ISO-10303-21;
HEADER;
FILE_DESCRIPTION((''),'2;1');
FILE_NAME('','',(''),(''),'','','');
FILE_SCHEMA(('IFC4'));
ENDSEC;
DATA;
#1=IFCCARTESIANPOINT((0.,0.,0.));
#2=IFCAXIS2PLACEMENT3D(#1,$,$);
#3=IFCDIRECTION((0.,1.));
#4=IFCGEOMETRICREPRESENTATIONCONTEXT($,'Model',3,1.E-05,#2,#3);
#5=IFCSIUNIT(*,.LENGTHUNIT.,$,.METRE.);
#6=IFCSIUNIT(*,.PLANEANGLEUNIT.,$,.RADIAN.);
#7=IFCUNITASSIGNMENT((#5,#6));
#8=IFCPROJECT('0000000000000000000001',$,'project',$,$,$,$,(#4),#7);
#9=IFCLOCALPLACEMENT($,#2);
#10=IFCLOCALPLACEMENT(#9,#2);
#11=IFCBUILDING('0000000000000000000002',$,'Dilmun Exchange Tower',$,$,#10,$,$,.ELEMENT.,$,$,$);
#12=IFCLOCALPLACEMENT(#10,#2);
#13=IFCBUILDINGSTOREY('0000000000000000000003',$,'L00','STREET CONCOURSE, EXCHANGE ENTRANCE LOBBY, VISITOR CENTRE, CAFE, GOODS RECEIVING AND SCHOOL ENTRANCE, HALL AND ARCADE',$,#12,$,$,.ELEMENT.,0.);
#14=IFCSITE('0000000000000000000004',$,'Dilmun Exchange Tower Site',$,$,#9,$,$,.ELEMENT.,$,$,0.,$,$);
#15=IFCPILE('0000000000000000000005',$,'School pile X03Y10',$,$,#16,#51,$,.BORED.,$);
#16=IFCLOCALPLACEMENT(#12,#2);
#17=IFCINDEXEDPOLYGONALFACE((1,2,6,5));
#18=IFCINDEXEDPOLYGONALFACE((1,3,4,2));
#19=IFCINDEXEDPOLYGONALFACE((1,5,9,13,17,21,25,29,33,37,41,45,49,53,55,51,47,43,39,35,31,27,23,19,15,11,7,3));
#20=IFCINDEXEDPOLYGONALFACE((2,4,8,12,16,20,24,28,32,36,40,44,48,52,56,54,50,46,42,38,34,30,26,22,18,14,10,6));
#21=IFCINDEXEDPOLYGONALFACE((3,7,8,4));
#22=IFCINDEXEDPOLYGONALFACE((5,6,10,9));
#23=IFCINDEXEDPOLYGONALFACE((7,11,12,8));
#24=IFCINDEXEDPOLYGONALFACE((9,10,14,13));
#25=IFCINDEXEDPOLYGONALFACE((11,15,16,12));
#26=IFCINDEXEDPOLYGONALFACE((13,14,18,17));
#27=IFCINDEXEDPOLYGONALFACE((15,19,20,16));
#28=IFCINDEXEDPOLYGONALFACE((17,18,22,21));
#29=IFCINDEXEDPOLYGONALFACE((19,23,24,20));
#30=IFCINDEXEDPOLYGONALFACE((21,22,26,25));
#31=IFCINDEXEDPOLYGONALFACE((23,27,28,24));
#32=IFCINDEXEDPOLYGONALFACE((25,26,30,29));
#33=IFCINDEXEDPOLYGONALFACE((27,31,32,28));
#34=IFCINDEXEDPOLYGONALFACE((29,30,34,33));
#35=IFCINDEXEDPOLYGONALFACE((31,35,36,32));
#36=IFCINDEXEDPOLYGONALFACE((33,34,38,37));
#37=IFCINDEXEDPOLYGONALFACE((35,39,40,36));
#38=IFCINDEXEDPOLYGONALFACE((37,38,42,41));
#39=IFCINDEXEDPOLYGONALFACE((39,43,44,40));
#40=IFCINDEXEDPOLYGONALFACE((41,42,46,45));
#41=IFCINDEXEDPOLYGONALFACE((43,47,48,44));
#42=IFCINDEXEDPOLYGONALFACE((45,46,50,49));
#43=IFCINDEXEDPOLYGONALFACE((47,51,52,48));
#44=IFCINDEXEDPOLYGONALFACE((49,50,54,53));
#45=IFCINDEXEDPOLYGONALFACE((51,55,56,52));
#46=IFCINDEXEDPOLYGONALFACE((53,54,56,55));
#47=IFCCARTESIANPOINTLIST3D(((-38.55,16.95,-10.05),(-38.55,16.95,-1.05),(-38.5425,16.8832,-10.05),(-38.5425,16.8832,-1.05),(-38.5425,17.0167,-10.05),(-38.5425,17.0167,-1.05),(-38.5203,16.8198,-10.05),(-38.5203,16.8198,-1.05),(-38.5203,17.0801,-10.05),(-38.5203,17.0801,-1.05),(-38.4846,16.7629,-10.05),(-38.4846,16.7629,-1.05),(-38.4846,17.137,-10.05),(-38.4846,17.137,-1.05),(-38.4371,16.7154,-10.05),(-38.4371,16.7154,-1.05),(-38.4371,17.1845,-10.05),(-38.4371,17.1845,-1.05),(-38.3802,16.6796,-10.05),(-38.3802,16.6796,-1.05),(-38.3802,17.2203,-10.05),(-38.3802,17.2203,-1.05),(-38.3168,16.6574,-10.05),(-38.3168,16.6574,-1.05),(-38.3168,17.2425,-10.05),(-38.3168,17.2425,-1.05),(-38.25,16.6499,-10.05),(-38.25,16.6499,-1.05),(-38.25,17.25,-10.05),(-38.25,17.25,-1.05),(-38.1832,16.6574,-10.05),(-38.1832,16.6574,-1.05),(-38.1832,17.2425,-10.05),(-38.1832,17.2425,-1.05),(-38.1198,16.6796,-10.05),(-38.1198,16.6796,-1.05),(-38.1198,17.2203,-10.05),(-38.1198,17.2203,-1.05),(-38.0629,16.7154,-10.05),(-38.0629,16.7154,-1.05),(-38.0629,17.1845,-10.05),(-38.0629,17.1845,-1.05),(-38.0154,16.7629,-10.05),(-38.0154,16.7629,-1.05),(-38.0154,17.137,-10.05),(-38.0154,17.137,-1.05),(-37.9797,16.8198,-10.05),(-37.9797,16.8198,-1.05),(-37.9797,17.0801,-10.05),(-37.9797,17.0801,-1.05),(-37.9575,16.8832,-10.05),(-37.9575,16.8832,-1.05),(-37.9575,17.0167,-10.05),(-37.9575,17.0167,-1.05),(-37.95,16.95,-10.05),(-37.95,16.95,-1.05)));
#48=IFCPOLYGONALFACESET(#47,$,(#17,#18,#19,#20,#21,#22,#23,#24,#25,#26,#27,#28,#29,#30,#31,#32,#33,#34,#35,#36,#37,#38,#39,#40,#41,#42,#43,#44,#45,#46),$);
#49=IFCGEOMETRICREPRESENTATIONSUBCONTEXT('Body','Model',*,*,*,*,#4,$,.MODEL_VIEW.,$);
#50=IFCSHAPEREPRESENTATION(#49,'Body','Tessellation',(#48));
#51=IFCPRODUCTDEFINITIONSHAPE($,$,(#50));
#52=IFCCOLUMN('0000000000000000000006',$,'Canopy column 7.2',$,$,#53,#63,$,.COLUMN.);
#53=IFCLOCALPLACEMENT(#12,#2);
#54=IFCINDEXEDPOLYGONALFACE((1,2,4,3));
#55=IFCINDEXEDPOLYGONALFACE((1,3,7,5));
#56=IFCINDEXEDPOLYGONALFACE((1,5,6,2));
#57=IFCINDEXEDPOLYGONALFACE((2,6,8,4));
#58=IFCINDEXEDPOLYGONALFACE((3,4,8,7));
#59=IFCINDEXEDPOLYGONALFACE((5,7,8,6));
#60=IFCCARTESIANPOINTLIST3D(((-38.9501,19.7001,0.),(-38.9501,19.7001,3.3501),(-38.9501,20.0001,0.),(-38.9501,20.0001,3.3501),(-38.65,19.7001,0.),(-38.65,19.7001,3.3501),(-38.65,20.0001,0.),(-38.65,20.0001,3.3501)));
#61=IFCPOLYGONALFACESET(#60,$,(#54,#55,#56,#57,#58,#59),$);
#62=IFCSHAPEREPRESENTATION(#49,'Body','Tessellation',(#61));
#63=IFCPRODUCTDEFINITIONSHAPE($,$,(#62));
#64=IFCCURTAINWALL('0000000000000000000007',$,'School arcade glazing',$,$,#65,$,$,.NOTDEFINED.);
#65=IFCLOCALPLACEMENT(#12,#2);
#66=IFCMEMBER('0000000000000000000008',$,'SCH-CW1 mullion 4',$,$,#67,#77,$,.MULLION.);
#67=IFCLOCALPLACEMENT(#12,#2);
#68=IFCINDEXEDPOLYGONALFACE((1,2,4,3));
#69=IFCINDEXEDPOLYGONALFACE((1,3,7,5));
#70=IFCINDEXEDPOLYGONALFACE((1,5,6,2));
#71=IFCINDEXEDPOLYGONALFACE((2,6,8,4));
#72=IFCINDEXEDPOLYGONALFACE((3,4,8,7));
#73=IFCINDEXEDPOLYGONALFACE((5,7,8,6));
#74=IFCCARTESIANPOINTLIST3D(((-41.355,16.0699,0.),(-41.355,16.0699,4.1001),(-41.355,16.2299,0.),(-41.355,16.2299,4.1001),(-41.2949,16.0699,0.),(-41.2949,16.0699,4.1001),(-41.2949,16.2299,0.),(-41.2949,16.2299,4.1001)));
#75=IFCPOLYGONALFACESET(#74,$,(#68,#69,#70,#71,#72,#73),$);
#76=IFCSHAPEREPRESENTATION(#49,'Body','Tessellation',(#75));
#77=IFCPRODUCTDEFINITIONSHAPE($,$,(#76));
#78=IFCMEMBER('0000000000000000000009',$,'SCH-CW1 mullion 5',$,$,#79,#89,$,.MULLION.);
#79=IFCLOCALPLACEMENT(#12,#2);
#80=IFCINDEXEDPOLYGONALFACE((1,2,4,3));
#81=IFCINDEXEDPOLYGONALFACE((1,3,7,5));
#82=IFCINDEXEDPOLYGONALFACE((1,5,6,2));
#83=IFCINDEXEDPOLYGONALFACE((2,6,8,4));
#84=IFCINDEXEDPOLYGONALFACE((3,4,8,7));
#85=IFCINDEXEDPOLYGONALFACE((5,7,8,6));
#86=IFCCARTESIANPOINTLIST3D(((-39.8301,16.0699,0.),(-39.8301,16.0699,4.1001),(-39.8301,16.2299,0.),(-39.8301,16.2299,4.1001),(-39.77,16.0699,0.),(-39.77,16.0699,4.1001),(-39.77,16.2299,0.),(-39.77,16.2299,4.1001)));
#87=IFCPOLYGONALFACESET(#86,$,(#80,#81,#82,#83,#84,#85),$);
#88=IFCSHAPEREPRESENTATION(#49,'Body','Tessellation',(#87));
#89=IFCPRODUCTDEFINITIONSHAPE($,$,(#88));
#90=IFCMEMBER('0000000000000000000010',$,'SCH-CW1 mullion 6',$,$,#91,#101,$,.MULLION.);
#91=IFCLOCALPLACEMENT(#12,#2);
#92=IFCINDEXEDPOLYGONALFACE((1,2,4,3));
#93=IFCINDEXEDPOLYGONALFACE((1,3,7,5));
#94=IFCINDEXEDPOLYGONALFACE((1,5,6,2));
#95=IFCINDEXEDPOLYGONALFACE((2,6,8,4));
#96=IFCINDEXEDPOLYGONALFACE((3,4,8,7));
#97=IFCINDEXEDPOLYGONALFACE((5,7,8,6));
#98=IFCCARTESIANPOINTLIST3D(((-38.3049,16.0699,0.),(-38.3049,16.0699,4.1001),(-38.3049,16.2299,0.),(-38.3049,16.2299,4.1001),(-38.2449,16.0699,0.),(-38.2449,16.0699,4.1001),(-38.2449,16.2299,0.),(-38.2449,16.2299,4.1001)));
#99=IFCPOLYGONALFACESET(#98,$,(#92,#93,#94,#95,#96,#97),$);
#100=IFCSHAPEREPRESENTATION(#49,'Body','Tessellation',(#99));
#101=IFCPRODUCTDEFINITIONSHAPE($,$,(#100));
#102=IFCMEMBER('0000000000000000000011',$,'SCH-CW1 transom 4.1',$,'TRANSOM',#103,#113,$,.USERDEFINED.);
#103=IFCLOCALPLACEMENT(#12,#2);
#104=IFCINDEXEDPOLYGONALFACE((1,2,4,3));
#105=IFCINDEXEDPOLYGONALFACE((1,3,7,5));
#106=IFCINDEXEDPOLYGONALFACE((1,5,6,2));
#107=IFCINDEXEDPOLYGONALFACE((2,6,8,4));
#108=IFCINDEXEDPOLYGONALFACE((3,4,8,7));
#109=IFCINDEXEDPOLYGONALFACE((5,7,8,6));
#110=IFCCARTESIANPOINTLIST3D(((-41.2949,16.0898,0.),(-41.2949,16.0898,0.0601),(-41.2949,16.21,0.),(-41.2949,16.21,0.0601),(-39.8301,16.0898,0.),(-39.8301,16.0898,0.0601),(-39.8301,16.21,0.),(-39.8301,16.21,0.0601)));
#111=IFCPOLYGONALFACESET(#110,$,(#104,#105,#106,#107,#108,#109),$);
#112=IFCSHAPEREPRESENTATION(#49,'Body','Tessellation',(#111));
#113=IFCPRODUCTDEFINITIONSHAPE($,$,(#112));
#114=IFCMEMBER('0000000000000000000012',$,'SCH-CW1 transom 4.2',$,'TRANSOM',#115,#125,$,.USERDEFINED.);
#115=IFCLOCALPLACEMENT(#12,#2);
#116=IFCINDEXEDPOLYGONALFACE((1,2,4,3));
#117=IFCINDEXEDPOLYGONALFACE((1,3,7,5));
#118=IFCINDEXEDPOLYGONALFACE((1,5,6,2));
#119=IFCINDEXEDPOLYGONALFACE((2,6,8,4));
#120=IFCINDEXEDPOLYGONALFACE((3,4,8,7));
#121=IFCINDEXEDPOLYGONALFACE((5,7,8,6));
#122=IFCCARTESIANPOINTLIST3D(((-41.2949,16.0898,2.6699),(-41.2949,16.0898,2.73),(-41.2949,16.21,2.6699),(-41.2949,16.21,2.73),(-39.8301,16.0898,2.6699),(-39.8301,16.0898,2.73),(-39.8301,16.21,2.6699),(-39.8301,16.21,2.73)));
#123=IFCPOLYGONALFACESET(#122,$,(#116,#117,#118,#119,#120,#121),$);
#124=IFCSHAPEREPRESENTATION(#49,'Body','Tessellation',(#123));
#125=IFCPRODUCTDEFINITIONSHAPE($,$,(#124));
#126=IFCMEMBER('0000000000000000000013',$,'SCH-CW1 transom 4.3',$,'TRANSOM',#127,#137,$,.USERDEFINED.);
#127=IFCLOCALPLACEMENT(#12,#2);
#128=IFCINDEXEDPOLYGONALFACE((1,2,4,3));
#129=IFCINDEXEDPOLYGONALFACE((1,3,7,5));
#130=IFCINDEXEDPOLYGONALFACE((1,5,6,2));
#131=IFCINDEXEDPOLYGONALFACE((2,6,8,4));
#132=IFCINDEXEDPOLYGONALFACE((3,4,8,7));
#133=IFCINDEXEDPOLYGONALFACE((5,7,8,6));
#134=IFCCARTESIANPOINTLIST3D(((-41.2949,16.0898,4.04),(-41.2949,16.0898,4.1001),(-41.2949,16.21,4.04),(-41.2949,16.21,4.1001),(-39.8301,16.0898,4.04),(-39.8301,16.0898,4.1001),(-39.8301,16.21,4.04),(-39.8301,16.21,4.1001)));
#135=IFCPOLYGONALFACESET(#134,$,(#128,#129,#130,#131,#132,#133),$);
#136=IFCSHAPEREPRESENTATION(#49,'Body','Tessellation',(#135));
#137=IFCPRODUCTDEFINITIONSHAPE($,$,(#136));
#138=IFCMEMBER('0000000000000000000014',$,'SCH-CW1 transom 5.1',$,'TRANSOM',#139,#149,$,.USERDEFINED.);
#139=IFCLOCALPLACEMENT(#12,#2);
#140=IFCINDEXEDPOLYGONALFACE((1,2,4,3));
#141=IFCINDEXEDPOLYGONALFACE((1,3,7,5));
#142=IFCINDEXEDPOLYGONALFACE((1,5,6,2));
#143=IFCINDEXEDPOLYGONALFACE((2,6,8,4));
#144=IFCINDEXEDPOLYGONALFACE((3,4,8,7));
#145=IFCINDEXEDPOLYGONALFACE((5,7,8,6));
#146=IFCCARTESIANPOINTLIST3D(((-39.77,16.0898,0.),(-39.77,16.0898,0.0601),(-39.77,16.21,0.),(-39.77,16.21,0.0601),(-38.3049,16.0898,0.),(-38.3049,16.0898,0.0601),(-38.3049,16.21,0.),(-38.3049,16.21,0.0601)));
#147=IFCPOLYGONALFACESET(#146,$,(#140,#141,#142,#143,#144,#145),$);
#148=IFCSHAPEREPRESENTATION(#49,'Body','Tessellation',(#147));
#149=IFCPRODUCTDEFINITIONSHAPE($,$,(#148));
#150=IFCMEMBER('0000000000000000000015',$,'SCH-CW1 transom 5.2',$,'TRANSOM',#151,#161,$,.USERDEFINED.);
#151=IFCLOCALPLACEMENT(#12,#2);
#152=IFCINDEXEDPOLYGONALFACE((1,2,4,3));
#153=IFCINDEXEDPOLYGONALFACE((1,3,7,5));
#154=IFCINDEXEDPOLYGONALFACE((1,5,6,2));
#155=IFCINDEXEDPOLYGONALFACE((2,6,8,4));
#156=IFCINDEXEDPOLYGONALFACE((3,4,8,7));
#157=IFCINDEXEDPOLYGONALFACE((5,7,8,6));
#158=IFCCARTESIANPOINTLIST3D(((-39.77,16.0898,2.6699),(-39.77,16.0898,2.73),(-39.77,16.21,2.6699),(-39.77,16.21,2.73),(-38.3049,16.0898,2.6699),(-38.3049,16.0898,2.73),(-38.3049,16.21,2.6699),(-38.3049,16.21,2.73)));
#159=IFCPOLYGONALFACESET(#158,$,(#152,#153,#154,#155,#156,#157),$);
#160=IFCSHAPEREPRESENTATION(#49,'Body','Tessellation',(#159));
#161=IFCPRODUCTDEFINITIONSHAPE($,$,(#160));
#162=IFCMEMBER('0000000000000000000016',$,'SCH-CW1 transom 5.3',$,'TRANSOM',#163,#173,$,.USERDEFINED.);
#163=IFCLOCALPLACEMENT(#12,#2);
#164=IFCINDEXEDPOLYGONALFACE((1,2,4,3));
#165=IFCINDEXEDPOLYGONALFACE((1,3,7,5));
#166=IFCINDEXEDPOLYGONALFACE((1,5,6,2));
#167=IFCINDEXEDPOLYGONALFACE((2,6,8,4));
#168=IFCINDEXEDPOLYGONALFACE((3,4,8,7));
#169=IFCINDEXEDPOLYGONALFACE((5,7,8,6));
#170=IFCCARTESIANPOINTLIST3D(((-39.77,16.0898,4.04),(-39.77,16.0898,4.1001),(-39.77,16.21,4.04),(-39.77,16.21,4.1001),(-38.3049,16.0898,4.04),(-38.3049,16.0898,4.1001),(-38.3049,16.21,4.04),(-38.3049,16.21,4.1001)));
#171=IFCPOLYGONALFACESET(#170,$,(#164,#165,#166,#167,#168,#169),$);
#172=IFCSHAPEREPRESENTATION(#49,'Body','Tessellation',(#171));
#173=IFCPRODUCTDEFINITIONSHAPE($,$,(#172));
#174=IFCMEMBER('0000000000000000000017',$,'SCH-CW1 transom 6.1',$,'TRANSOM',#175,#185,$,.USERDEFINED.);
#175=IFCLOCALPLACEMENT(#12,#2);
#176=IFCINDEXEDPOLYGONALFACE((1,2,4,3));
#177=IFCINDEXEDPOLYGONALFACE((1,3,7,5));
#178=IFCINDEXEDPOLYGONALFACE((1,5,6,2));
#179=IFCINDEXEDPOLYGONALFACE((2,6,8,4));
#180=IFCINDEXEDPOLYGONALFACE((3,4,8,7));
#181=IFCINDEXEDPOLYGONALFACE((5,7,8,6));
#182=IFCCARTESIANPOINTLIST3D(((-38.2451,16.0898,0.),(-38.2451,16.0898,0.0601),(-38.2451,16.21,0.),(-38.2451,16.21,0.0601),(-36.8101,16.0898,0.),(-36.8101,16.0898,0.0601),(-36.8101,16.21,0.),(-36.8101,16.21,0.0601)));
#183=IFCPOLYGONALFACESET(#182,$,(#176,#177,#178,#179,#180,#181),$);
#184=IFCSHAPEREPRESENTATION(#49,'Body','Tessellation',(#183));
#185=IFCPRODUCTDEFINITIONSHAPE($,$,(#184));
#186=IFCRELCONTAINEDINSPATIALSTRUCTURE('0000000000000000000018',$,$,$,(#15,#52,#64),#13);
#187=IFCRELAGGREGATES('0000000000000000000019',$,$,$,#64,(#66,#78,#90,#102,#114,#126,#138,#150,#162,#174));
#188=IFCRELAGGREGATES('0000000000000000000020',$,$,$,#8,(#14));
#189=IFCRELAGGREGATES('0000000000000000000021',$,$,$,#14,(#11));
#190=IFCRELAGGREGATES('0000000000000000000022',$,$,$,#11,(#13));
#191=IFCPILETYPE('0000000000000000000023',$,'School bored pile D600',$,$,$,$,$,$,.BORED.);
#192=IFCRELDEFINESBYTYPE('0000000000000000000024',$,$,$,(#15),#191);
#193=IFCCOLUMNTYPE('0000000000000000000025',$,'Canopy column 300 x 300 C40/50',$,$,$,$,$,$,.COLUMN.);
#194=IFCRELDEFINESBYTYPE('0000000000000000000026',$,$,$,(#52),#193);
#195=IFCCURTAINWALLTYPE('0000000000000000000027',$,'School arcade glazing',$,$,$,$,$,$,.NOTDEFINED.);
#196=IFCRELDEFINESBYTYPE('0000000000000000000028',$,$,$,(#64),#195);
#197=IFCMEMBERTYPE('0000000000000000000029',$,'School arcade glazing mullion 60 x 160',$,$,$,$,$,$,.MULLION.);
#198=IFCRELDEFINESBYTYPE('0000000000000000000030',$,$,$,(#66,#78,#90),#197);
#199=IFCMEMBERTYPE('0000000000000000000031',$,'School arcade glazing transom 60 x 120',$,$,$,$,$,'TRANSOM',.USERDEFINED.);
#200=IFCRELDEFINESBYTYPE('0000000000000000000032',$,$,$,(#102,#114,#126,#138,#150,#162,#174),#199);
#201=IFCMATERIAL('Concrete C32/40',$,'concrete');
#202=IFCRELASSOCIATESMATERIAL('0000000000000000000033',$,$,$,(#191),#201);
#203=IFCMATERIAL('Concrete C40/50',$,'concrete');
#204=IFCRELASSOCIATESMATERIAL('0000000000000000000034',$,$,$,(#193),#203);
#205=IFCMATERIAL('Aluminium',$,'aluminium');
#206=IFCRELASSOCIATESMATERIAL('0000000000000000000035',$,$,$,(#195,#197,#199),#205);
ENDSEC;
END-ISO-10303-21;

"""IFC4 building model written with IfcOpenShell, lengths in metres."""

from ifc_helpers import new_model, si_unit, direction, frame, origin, origin_2d, place, context, subcontext, project, spatial, rectangle, circle, extrude, material, material_profile, profile_set, type_object, element, aggregate, save


model = new_model("IFC4")

# Units and contexts
model_context = context("Model", 3, precision=1e-05, world=origin(), true_north=direction((0.0, 1.0)))
body_context = subcontext(model_context, "Body", "Model", "MODEL_VIEW")
ifc_project = project(units=[si_unit("LENGTHUNIT", "METRE"), si_unit("PLANEANGLEUNIT", "RADIAN")], contexts=[model_context])

# Site, building, storey
site_placement = place(None, origin())
site = spatial("IfcSite", under=ifc_project, at=site_placement, Name="Dilmun Exchange Tower Site", CompositionType="ELEMENT", RefElevation=0.0)
building_placement = place(site_placement, origin())
building = spatial("IfcBuilding", under=site, at=building_placement, Name="Dilmun Exchange Tower", CompositionType="ELEMENT")
storey_placement = place(building_placement, origin())
storey = spatial("IfcBuildingStorey", under=building, at=storey_placement, Name="L00", Description="STREET CONCOURSE, EXCHANGE ENTRANCE LOBBY, VISITOR CENTRE, CAFE, GOODS RECEIVING AND SCHOOL ENTRANCE, HALL AND ARCADE", CompositionType="ELEMENT", Elevation=0.0)

# Pile
ifc_material_1 = material(Name="Concrete C32/40", Category="concrete")
ifc_material_profile_1 = material_profile(ifc_material_1, circle(Radius=0.3, at=origin_2d()), Name="D600")
ifc_profile_set_1 = profile_set([ifc_material_profile_1], Name="Concrete C32/40")
pile_type = type_object("IfcPileType", Name="School bored pile D600", PredefinedType="BORED", material=ifc_profile_set_1)
pile_placement = place(storey_placement, frame((-38.25, 16.95, -1.05), z_axis=(0.0, 0.0, -1.0), x_axis=(1.0, 0.0, 0.0)))
element("IfcPile", 1, at=pile_placement, inside=storey, type_object=pile_type, Name="School pile X03Y10", PredefinedType="BORED", context=body_context, shape_type="SweptSolid", body=[
    extrude(circle(Radius=0.3, at=origin_2d()), origin(), (0.0, 0.0, 1.0), 9.0),
])

# Column
ifc_material_2 = material(Name="Concrete C40/50", Category="concrete")
ifc_material_profile_2 = material_profile(ifc_material_2, rectangle(XDim=0.3, YDim=0.3, at=origin_2d()), Name="300 x 300")
ifc_profile_set_2 = profile_set([ifc_material_profile_2], Name="Concrete C40/50")
column_type = type_object("IfcColumnType", Name="Canopy column 300 x 300 C40/50", PredefinedType="COLUMN", material=ifc_profile_set_2)
column_placement = place(storey_placement, frame((-38.8, 19.8501, 0.0), z_axis=(0.0, 0.0, 1.0), x_axis=(0.0, -1.0, 0.0)))
element("IfcColumn", 2, at=column_placement, inside=storey, type_object=column_type, Name="Canopy column 7.2", PredefinedType="COLUMN", context=body_context, shape_type="SweptSolid", body=[
    extrude(rectangle(XDim=0.3, YDim=0.3, at=origin_2d()), origin(), (0.0, 0.0, 1.0), 3.3501),
])

# Curtain wall, members
ifc_material_3 = material(Name="Aluminium", Category="aluminium")
curtain_wall_type = type_object("IfcCurtainWallType", Name="School arcade glazing", PredefinedType="NOTDEFINED", material=ifc_material_3)
curtain_wall_placement = place(storey_placement, origin())
curtain_wall = element("IfcCurtainWall", 3, at=curtain_wall_placement, inside=storey, type_object=curtain_wall_type, Name="School arcade glazing", PredefinedType="NOTDEFINED")
ifc_material_profile_3 = material_profile(ifc_material_3, rectangle(XDim=0.1599, YDim=0.0601, at=origin_2d()), Name="60 x 160")
ifc_profile_set_3 = profile_set([ifc_material_profile_3], Name="Aluminium")
member_type_1 = type_object("IfcMemberType", Name="School arcade glazing mullion 60 x 160", PredefinedType="MULLION", material=ifc_profile_set_3)
member_1_placement = place(storey_placement, frame((-41.325, 16.1499, 0.0), z_axis=(0.0, 0.0, 1.0), x_axis=(0.0, 1.0, 0.0)))
member_1 = element("IfcMember", 4, at=member_1_placement, type_object=member_type_1, Name="SCH-CW1 mullion 4", PredefinedType="MULLION", context=body_context, shape_type="SweptSolid", body=[
    extrude(rectangle(XDim=0.1599, YDim=0.0601, at=origin_2d()), origin(), (0.0, 0.0, 1.0), 4.1001),
])
member_2_placement = place(storey_placement, frame((-39.8, 16.1499, 0.0), z_axis=(0.0, 0.0, 1.0), x_axis=(0.0, 1.0, 0.0)))
member_2 = element("IfcMember", 5, at=member_2_placement, type_object=member_type_1, Name="SCH-CW1 mullion 5", PredefinedType="MULLION", context=body_context, shape_type="SweptSolid", body=[
    extrude(rectangle(XDim=0.1599, YDim=0.0601, at=origin_2d()), origin(), (0.0, 0.0, 1.0), 4.1001),
])
member_3_placement = place(storey_placement, frame((-38.2749, 16.1499, 0.0), z_axis=(0.0, 0.0, 1.0), x_axis=(0.0, 1.0, 0.0)))
member_3 = element("IfcMember", 6, at=member_3_placement, type_object=member_type_1, Name="SCH-CW1 mullion 6", PredefinedType="MULLION", context=body_context, shape_type="SweptSolid", body=[
    extrude(rectangle(XDim=0.1599, YDim=0.0601, at=origin_2d()), origin(), (0.0, 0.0, 1.0), 4.1001),
])
ifc_material_profile_4 = material_profile(ifc_material_3, rectangle(XDim=0.1201, YDim=0.0601, at=origin_2d()), Name="60 x 120")
ifc_profile_set_4 = profile_set([ifc_material_profile_4], Name="Aluminium")
member_type_2 = type_object("IfcMemberType", Name="School arcade glazing transom 60 x 120", ElementType="TRANSOM", PredefinedType="USERDEFINED", material=ifc_profile_set_4)
member_4_placement = place(storey_placement, frame((-41.2949, 16.1499, 0.03), z_axis=(1.0, 0.0, 0.0), x_axis=(0.0, 1.0, 0.0)))
member_4 = element("IfcMember", 7, at=member_4_placement, type_object=member_type_2, Name="SCH-CW1 transom 4.1", ObjectType="TRANSOM", PredefinedType="USERDEFINED", context=body_context, shape_type="SweptSolid", body=[
    extrude(rectangle(XDim=0.1201, YDim=0.0601, at=origin_2d()), origin(), (0.0, 0.0, 1.0), 1.4648),
])
member_5_placement = place(storey_placement, frame((-41.2949, 16.1499, 2.7), z_axis=(1.0, 0.0, 0.0), x_axis=(0.0, 1.0, 0.0)))
member_5 = element("IfcMember", 8, at=member_5_placement, type_object=member_type_2, Name="SCH-CW1 transom 4.2", ObjectType="TRANSOM", PredefinedType="USERDEFINED", context=body_context, shape_type="SweptSolid", body=[
    extrude(rectangle(XDim=0.1201, YDim=0.0601, at=origin_2d()), origin(), (0.0, 0.0, 1.0), 1.4648),
])
member_6_placement = place(storey_placement, frame((-41.2949, 16.1499, 4.0701), z_axis=(1.0, 0.0, 0.0), x_axis=(0.0, 1.0, 0.0)))
member_6 = element("IfcMember", 9, at=member_6_placement, type_object=member_type_2, Name="SCH-CW1 transom 4.3", ObjectType="TRANSOM", PredefinedType="USERDEFINED", context=body_context, shape_type="SweptSolid", body=[
    extrude(rectangle(XDim=0.1201, YDim=0.0601, at=origin_2d()), origin(), (0.0, 0.0, 1.0), 1.4648),
])
member_7_placement = place(storey_placement, frame((-39.77, 16.1499, 0.03), z_axis=(1.0, 0.0, 0.0), x_axis=(0.0, 1.0, 0.0)))
member_7 = element("IfcMember", 10, at=member_7_placement, type_object=member_type_2, Name="SCH-CW1 transom 5.1", ObjectType="TRANSOM", PredefinedType="USERDEFINED", context=body_context, shape_type="SweptSolid", body=[
    extrude(rectangle(XDim=0.1201, YDim=0.0601, at=origin_2d()), origin(), (0.0, 0.0, 1.0), 1.4651),
])
member_8_placement = place(storey_placement, frame((-39.77, 16.1499, 2.7), z_axis=(1.0, 0.0, 0.0), x_axis=(0.0, 1.0, 0.0)))
member_8 = element("IfcMember", 11, at=member_8_placement, type_object=member_type_2, Name="SCH-CW1 transom 5.2", ObjectType="TRANSOM", PredefinedType="USERDEFINED", context=body_context, shape_type="SweptSolid", body=[
    extrude(rectangle(XDim=0.1201, YDim=0.0601, at=origin_2d()), origin(), (0.0, 0.0, 1.0), 1.4651),
])
member_9_placement = place(storey_placement, frame((-39.77, 16.1499, 4.0701), z_axis=(1.0, 0.0, 0.0), x_axis=(0.0, 1.0, 0.0)))
member_9 = element("IfcMember", 12, at=member_9_placement, type_object=member_type_2, Name="SCH-CW1 transom 5.3", ObjectType="TRANSOM", PredefinedType="USERDEFINED", context=body_context, shape_type="SweptSolid", body=[
    extrude(rectangle(XDim=0.1201, YDim=0.0601, at=origin_2d()), origin(), (0.0, 0.0, 1.0), 1.4651),
])
member_10_placement = place(storey_placement, frame((-38.2451, 16.1499, 0.03), z_axis=(1.0, 0.0, 0.0), x_axis=(0.0, 1.0, 0.0)))
member_10 = element("IfcMember", 13, at=member_10_placement, type_object=member_type_2, Name="SCH-CW1 transom 6.1", ObjectType="TRANSOM", PredefinedType="USERDEFINED", context=body_context, shape_type="SweptSolid", body=[
    extrude(rectangle(XDim=0.1201, YDim=0.0601, at=origin_2d()), origin(), (0.0, 0.0, 1.0), 1.4351),
])
aggregate(curtain_wall, [member_1, member_2, member_3, member_4, member_5, member_6, member_7, member_8, member_9, member_10])

save(model, "model.ifc")
